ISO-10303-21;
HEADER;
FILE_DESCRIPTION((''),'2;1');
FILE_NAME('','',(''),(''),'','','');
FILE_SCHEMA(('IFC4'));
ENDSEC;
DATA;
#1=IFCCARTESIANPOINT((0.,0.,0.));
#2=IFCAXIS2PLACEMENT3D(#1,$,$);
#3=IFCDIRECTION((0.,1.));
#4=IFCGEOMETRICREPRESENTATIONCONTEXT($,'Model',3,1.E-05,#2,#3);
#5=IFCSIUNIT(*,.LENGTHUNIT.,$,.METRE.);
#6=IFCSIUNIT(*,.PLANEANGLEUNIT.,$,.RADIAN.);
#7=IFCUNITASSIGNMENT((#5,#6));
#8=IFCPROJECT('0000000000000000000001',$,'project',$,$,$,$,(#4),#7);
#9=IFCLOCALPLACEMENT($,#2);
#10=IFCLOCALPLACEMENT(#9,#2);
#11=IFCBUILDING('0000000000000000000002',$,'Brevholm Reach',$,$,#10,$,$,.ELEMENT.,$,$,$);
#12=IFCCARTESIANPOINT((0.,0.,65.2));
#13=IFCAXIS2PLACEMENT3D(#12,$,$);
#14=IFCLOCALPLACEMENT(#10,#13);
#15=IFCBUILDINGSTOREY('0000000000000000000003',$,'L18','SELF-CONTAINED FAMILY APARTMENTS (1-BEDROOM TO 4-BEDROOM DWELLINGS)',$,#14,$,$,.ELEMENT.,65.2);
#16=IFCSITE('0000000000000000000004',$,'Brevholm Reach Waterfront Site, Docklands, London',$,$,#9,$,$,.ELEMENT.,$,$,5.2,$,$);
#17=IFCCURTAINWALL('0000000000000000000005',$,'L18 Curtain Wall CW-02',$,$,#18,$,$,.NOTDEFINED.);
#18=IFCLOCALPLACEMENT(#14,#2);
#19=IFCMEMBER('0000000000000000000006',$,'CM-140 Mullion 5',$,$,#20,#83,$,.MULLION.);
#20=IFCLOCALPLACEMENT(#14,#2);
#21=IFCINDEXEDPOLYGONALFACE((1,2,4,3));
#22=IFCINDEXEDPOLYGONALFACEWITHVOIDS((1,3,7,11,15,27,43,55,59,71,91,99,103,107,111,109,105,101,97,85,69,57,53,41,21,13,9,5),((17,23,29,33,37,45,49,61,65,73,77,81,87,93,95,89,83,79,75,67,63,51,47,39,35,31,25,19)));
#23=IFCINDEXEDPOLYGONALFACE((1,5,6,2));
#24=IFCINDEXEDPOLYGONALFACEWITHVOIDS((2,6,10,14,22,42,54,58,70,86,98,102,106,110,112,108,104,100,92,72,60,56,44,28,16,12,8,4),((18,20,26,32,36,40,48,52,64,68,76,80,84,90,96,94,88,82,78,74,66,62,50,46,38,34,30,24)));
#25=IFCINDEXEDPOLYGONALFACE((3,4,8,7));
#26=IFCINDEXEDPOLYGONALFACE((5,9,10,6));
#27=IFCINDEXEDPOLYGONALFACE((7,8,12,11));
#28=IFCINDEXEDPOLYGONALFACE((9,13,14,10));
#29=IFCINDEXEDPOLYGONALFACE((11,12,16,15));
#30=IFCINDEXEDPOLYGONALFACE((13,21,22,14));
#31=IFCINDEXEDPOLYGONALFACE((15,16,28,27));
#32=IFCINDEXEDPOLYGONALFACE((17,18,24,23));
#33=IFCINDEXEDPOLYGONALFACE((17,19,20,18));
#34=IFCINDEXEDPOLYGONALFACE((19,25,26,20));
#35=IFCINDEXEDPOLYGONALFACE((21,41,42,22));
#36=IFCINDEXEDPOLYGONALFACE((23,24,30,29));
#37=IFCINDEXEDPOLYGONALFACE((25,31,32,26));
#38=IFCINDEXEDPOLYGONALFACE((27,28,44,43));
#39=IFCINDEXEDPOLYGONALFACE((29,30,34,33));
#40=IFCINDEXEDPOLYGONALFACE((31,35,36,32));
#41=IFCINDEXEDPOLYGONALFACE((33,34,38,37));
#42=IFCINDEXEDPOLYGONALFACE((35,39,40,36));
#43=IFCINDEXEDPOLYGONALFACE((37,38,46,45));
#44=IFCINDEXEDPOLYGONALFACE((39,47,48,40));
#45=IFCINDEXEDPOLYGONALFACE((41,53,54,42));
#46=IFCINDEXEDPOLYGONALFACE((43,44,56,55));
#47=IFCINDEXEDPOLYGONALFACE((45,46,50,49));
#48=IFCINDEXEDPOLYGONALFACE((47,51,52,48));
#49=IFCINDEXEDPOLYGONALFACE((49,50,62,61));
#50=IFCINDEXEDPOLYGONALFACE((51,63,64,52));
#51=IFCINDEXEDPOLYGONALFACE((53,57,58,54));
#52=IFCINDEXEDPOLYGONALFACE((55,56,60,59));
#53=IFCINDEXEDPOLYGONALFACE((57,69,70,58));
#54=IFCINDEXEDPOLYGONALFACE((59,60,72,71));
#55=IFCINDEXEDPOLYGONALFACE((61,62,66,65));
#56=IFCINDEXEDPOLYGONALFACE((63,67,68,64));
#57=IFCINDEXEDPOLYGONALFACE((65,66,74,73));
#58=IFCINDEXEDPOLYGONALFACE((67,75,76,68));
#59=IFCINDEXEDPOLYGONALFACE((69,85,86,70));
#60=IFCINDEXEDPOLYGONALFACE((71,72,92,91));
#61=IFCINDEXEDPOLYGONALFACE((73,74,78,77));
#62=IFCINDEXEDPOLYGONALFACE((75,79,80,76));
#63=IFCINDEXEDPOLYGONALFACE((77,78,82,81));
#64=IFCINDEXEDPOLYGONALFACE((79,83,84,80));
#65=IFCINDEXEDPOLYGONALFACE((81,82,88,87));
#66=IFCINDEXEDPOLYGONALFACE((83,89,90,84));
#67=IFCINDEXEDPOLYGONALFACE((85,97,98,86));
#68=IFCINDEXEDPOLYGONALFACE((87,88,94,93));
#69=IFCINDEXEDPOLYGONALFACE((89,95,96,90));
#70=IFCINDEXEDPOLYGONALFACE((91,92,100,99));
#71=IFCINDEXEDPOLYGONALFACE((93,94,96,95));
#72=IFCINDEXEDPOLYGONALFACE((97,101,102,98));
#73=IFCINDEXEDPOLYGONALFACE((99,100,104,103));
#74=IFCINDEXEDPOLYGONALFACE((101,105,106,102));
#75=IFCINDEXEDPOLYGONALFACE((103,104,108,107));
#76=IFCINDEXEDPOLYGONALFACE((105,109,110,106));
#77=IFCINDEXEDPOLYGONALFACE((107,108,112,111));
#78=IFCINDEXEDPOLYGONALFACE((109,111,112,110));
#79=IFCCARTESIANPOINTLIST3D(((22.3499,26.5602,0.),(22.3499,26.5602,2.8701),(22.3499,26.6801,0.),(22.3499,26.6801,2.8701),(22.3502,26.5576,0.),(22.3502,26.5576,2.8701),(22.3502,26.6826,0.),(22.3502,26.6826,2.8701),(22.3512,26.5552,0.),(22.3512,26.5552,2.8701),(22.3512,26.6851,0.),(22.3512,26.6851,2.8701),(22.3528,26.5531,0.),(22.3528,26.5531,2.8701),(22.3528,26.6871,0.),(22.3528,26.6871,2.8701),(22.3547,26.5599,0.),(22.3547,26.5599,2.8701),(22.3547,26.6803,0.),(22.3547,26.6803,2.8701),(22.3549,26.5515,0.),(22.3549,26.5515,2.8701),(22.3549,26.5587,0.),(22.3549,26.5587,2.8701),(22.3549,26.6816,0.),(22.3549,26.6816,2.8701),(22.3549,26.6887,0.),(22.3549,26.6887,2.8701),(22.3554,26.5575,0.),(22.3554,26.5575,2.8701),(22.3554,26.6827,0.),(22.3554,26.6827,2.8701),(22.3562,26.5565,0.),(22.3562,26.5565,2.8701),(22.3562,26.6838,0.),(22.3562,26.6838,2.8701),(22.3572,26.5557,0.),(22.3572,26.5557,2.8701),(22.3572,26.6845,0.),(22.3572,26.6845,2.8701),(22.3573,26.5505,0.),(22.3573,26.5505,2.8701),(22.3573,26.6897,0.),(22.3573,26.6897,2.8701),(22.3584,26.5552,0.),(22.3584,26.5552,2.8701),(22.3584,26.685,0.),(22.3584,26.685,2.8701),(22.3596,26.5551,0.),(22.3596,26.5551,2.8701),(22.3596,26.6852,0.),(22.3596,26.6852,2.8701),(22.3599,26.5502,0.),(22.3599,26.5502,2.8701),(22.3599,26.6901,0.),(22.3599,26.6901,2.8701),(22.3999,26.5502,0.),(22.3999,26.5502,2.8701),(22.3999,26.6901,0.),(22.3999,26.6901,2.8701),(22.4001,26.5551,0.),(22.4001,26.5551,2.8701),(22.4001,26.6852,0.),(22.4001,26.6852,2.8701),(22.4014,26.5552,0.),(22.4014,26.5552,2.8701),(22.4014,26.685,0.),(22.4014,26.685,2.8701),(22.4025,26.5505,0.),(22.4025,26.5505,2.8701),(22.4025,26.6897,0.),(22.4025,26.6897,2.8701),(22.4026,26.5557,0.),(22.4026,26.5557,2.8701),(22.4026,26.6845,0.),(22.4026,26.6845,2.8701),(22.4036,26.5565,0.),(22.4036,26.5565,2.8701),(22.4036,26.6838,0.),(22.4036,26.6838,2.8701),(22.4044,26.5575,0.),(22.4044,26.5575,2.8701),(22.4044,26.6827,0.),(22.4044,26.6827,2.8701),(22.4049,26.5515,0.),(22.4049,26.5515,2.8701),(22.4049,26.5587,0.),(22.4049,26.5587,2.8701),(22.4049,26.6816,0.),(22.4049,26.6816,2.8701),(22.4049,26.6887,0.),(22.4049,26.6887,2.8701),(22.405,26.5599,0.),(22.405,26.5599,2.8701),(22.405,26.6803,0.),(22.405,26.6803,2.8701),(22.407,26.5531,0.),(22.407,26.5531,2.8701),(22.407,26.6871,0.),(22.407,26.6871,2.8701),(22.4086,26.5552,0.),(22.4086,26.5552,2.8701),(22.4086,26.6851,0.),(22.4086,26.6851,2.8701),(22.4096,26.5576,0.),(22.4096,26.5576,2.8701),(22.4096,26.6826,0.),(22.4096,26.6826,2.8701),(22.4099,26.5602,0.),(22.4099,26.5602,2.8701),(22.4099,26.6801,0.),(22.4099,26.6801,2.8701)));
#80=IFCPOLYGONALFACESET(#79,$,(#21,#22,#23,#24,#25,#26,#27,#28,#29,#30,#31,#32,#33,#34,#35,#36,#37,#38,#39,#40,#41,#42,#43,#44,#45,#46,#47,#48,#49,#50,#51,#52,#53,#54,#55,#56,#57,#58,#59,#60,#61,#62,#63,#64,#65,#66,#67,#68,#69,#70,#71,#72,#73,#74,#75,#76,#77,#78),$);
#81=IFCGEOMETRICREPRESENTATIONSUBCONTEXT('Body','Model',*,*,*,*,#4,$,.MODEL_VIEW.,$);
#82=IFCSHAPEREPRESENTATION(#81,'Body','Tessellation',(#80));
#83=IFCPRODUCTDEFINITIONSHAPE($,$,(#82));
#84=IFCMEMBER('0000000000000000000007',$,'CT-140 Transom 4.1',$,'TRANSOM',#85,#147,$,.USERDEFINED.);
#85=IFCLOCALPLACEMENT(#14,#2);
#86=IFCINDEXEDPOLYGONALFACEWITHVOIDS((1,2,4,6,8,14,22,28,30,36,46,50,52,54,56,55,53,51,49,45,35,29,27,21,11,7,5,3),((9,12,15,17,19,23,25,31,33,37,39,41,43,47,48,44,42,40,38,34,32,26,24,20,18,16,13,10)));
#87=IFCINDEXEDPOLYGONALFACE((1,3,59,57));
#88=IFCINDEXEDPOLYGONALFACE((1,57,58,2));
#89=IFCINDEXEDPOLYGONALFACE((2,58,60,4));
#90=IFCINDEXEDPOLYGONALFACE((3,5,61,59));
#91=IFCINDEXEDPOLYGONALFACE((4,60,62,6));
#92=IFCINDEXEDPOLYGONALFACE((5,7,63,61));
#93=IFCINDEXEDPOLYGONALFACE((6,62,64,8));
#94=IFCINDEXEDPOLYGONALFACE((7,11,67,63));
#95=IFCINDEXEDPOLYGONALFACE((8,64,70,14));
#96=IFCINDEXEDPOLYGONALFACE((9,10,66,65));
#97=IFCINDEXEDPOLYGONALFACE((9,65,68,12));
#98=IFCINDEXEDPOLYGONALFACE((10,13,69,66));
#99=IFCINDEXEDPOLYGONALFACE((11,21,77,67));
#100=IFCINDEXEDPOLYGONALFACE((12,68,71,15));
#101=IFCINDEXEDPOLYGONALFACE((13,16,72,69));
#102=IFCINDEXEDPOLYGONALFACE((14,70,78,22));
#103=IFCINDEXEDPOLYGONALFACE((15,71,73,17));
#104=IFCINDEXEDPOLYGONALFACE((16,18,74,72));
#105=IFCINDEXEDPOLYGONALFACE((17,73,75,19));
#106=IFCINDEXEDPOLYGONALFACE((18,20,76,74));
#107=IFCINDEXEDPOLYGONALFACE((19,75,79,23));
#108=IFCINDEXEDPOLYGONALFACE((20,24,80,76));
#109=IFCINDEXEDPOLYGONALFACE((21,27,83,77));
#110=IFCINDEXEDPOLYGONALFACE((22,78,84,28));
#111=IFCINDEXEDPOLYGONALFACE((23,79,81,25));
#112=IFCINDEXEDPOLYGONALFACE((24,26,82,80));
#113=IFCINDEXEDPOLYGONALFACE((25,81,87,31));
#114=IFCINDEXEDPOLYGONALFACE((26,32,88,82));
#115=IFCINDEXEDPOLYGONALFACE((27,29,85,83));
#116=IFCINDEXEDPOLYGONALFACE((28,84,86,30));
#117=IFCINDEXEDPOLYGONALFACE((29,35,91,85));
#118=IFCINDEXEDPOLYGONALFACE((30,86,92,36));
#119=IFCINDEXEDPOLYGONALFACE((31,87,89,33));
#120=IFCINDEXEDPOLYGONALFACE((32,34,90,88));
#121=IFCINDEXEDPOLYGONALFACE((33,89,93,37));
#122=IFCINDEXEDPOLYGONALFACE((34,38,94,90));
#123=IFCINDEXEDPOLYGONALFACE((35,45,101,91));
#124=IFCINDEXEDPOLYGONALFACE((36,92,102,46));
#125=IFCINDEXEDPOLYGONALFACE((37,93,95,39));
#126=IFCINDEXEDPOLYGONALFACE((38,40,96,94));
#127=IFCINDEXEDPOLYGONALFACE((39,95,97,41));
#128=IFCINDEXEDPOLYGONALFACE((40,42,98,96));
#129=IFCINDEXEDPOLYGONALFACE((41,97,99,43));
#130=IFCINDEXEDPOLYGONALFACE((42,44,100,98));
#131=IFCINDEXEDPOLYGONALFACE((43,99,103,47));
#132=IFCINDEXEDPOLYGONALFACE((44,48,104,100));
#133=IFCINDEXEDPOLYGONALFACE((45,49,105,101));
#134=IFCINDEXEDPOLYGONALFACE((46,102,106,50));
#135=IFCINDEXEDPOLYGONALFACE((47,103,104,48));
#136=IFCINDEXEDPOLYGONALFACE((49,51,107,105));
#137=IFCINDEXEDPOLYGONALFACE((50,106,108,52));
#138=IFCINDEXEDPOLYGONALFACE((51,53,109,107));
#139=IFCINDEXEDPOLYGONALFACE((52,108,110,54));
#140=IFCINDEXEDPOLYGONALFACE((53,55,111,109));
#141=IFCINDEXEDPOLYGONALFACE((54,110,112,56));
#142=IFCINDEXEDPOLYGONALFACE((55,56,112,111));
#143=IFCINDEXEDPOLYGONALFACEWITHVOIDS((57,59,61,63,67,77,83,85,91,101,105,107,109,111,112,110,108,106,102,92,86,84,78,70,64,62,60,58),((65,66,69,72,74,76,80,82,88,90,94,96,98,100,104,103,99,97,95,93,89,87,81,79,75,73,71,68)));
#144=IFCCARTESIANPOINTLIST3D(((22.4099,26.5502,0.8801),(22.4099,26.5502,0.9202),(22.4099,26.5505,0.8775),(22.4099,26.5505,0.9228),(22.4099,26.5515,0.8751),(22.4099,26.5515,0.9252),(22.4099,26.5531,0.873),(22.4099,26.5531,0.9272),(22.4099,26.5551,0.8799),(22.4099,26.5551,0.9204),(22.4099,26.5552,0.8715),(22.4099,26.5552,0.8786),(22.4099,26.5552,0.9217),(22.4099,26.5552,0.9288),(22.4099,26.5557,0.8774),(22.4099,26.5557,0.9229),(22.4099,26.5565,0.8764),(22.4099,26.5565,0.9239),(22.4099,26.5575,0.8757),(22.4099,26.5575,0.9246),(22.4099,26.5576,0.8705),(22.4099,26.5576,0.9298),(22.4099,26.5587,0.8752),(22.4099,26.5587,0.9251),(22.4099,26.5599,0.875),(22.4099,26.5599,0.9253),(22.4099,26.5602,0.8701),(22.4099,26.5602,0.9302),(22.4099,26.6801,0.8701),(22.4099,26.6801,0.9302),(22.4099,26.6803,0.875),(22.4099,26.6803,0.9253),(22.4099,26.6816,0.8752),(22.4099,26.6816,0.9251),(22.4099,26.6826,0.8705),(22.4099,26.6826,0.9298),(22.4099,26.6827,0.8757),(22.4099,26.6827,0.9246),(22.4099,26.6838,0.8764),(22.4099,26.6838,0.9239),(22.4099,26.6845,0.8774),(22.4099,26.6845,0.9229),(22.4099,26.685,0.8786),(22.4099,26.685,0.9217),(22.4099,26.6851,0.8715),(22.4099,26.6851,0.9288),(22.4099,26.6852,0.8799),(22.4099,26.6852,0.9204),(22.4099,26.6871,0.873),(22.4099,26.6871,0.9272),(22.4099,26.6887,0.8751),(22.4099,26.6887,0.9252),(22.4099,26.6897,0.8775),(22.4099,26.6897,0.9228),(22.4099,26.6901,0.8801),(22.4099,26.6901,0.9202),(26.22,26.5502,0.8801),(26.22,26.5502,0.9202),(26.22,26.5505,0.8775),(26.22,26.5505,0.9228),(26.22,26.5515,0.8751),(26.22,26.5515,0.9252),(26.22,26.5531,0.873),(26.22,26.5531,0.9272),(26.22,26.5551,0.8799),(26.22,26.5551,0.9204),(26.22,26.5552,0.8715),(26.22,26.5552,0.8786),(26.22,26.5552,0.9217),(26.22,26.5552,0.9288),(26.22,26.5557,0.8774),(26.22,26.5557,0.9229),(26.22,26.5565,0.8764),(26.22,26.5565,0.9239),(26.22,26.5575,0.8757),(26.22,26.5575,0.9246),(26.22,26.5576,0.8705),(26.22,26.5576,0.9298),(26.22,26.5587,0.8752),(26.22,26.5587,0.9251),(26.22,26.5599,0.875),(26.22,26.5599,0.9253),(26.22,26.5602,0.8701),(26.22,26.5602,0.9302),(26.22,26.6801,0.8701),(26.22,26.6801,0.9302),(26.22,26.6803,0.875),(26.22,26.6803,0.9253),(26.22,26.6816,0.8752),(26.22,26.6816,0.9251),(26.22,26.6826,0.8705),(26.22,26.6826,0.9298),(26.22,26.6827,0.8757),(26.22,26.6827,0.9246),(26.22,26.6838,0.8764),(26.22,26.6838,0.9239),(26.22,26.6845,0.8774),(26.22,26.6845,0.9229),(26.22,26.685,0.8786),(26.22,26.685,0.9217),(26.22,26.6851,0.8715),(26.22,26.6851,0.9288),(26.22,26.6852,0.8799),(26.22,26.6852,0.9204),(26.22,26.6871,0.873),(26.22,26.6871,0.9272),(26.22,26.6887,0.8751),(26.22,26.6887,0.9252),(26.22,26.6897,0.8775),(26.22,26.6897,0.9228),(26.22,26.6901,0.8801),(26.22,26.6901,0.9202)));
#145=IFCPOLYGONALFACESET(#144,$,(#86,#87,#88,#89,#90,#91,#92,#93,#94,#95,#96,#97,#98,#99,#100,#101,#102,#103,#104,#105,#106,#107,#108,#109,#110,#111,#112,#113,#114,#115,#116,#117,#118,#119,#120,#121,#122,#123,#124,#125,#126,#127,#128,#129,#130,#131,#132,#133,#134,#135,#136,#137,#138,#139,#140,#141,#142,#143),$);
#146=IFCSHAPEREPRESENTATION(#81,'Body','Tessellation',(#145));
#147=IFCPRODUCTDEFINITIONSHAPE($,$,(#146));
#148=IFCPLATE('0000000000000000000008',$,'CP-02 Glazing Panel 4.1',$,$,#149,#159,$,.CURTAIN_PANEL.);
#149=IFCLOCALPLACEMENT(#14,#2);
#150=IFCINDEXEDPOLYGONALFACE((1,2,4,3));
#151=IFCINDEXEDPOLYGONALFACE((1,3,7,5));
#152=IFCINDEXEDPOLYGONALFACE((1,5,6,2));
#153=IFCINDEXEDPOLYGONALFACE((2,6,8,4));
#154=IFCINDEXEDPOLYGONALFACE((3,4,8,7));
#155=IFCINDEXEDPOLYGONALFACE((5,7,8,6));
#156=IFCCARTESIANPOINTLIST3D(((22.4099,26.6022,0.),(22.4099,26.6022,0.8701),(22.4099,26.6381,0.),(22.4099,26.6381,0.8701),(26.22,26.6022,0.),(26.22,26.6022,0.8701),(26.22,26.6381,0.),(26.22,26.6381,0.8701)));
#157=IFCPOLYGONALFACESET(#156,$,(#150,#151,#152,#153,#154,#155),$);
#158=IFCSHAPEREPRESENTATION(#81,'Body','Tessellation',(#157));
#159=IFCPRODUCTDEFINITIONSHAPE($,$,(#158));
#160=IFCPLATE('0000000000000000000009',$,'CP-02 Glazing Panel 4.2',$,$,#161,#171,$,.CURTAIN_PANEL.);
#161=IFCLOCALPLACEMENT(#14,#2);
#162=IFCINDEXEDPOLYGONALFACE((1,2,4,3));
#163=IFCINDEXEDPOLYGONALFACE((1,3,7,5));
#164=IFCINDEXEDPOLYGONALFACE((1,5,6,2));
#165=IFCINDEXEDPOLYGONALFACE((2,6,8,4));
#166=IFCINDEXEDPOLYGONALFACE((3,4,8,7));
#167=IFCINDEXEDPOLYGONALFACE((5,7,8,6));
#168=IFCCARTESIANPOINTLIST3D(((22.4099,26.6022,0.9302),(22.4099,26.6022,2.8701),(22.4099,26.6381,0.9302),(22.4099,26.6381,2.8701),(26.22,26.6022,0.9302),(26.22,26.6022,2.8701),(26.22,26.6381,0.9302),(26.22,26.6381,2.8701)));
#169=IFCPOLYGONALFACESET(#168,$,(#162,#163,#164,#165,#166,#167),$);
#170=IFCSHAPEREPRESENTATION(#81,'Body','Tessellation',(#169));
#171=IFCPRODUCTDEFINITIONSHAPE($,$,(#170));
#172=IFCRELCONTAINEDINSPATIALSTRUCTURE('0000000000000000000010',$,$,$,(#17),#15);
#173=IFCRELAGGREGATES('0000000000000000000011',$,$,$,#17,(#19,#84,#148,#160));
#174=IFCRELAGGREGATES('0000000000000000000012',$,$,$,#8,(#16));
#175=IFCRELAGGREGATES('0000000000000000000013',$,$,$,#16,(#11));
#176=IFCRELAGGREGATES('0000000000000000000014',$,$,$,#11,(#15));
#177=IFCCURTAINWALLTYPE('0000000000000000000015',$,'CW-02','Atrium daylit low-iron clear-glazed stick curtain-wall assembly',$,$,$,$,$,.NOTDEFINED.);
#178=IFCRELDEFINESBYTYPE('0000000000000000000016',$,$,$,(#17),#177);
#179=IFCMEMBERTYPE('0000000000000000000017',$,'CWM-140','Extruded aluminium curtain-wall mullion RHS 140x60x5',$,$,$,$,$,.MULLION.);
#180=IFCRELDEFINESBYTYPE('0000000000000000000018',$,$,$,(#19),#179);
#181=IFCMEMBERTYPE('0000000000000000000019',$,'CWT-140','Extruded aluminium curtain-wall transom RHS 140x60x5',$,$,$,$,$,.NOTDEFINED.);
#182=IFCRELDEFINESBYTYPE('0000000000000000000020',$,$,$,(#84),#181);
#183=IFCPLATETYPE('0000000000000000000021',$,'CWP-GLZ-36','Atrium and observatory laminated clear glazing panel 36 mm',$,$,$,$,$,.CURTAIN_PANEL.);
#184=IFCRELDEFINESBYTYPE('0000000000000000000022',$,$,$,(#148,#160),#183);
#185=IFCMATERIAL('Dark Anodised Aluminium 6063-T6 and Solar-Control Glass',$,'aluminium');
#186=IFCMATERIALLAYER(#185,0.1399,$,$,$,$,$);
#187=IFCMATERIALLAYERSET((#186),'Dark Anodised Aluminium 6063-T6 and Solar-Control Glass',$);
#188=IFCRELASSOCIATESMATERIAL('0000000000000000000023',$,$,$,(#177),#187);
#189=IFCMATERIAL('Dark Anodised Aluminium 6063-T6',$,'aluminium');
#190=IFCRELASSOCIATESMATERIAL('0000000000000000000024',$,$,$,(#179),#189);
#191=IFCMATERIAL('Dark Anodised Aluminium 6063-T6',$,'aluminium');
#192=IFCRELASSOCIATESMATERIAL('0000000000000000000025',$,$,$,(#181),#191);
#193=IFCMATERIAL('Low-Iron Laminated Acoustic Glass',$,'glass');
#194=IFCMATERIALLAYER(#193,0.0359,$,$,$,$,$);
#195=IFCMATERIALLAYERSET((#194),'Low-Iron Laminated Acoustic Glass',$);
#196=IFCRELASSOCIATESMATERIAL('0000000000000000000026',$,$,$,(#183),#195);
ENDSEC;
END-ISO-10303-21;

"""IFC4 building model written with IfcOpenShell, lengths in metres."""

from ifc_helpers import new_model, si_unit, direction, frame, origin, origin_2d, place, context, subcontext, project, spatial, rectangle, hollow_rectangle, extrude, material, layer, layer_set, material_profile, profile_set, type_object, element, aggregate, save


model = new_model("IFC4")

# Units and contexts
model_context = context("Model", 3, precision=1e-05, world=origin(), true_north=direction((0.0, 1.0)))
body_context = subcontext(model_context, "Body", "Model", "MODEL_VIEW")
ifc_project = project(units=[si_unit("LENGTHUNIT", "METRE"), si_unit("PLANEANGLEUNIT", "RADIAN")], contexts=[model_context])

# Site, building, storey
site_placement = place(None, origin())
site = spatial("IfcSite", under=ifc_project, at=site_placement, Name="Brevholm Reach Waterfront Site, Docklands, London", CompositionType="ELEMENT", RefElevation=5.2)
building_placement = place(site_placement, origin())
building = spatial("IfcBuilding", under=site, at=building_placement, Name="Brevholm Reach", CompositionType="ELEMENT")
storey_placement = place(building_placement, frame((0.0, 0.0, 65.2)))
storey = spatial("IfcBuildingStorey", under=building, at=storey_placement, Name="L18", Description="SELF-CONTAINED FAMILY APARTMENTS (1-BEDROOM TO 4-BEDROOM DWELLINGS)", CompositionType="ELEMENT", Elevation=65.2)

# Curtain wall, members, plates
ifc_material_1 = material(Name="Dark Anodised Aluminium 6063-T6 and Solar-Control Glass", Category="aluminium")
ifc_layer_1 = layer(ifc_material_1, 0.1399)
ifc_layer_set_1 = layer_set([ifc_layer_1], Name="Dark Anodised Aluminium 6063-T6 and Solar-Control Glass")
curtain_wall_type = type_object("IfcCurtainWallType", Name="CW-02", Description="Atrium daylit low-iron clear-glazed stick curtain-wall assembly", PredefinedType="NOTDEFINED", material=ifc_layer_set_1)
curtain_wall_placement = place(storey_placement, origin())
curtain_wall = element("IfcCurtainWall", 1, at=curtain_wall_placement, inside=storey, type_object=curtain_wall_type, Name="L18 Curtain Wall CW-02", PredefinedType="NOTDEFINED")
ifc_material_2 = material(Name="Dark Anodised Aluminium 6063-T6", Category="aluminium")
ifc_material_profile_1 = material_profile(ifc_material_2, hollow_rectangle(XDim=0.0601, YDim=0.1399, WallThickness=0.0049, InnerFilletRadius=0.0049, OuterFilletRadius=0.01, at=origin_2d()), Name="RHS 140x60x5")
ifc_profile_set_1 = profile_set([ifc_material_profile_1], Name="Dark Anodised Aluminium 6063-T6")
member_type_1 = type_object("IfcMemberType", Name="CWM-140", Description="Extruded aluminium curtain-wall mullion RHS 140x60x5", PredefinedType="MULLION", material=ifc_profile_set_1)
member_1_placement = place(storey_placement, frame((22.3799, 26.6201, 0.0), z_axis=(0.0, 0.0, 1.0), x_axis=(-1.0, 0.0, 0.0)))
member_1 = element("IfcMember", 2, at=member_1_placement, type_object=member_type_1, Name="CM-140 Mullion 5", PredefinedType="MULLION", context=body_context, shape_type="SweptSolid", body=[
    extrude(hollow_rectangle(XDim=0.0601, YDim=0.1399, WallThickness=0.0049, InnerFilletRadius=0.0049, OuterFilletRadius=0.01, at=origin_2d()), origin(), (0.0, 0.0, 1.0), 2.8701),
])
ifc_material_3 = material(Name="Dark Anodised Aluminium 6063-T6", Category="aluminium")
ifc_material_profile_2 = material_profile(ifc_material_3, hollow_rectangle(XDim=0.0601, YDim=0.1399, WallThickness=0.0049, InnerFilletRadius=0.0049, OuterFilletRadius=0.01, at=origin_2d()), Name="RHS 140x60x5")
ifc_profile_set_2 = profile_set([ifc_material_profile_2], Name="Dark Anodised Aluminium 6063-T6")
member_type_2 = type_object("IfcMemberType", Name="CWT-140", Description="Extruded aluminium curtain-wall transom RHS 140x60x5", PredefinedType="NOTDEFINED", material=ifc_profile_set_2)
member_2_placement = place(storey_placement, frame((26.22, 26.6201, 0.9001), z_axis=(-1.0, 0.0, 0.0), x_axis=(0.0, 0.0, 1.0)))
member_2 = element("IfcMember", 3, at=member_2_placement, type_object=member_type_2, Name="CT-140 Transom 4.1", ObjectType="TRANSOM", PredefinedType="USERDEFINED", context=body_context, shape_type="SweptSolid", body=[
    extrude(hollow_rectangle(XDim=0.0601, YDim=0.1399, WallThickness=0.0049, InnerFilletRadius=0.0049, OuterFilletRadius=0.01, at=origin_2d()), origin(), (0.0, 0.0, 1.0), 3.8101),
])
ifc_material_4 = material(Name="Low-Iron Laminated Acoustic Glass", Category="glass")
ifc_layer_2 = layer(ifc_material_4, 0.0359)
ifc_layer_set_2 = layer_set([ifc_layer_2], Name="Low-Iron Laminated Acoustic Glass")
plate_type = type_object("IfcPlateType", Name="CWP-GLZ-36", Description="Atrium and observatory laminated clear glazing panel 36 mm", PredefinedType="CURTAIN_PANEL", material=ifc_layer_set_2)
plate_1_placement = place(storey_placement, frame((24.3149, 26.6201, 0.0), z_axis=(0.0, 0.0, 1.0), x_axis=(-1.0, 0.0, 0.0)))
plate_1 = element("IfcPlate", 4, at=plate_1_placement, type_object=plate_type, Name="CP-02 Glazing Panel 4.1", PredefinedType="CURTAIN_PANEL", context=body_context, shape_type="SweptSolid", body=[
    extrude(rectangle(XDim=3.8101, YDim=0.0359, at=origin_2d()), origin(), (0.0, 0.0, 1.0), 0.8701),
])
plate_2_placement = place(storey_placement, frame((24.3149, 26.6201, 0.9302), z_axis=(0.0, 0.0, 1.0), x_axis=(-1.0, 0.0, 0.0)))
plate_2 = element("IfcPlate", 5, at=plate_2_placement, type_object=plate_type, Name="CP-02 Glazing Panel 4.2", PredefinedType="CURTAIN_PANEL", context=body_context, shape_type="SweptSolid", body=[
    extrude(rectangle(XDim=3.8101, YDim=0.0359, at=origin_2d()), origin(), (0.0, 0.0, 1.0), 1.9399),
])
aggregate(curtain_wall, [member_1, member_2, plate_1, plate_2])

save(model, "model.ifc")
